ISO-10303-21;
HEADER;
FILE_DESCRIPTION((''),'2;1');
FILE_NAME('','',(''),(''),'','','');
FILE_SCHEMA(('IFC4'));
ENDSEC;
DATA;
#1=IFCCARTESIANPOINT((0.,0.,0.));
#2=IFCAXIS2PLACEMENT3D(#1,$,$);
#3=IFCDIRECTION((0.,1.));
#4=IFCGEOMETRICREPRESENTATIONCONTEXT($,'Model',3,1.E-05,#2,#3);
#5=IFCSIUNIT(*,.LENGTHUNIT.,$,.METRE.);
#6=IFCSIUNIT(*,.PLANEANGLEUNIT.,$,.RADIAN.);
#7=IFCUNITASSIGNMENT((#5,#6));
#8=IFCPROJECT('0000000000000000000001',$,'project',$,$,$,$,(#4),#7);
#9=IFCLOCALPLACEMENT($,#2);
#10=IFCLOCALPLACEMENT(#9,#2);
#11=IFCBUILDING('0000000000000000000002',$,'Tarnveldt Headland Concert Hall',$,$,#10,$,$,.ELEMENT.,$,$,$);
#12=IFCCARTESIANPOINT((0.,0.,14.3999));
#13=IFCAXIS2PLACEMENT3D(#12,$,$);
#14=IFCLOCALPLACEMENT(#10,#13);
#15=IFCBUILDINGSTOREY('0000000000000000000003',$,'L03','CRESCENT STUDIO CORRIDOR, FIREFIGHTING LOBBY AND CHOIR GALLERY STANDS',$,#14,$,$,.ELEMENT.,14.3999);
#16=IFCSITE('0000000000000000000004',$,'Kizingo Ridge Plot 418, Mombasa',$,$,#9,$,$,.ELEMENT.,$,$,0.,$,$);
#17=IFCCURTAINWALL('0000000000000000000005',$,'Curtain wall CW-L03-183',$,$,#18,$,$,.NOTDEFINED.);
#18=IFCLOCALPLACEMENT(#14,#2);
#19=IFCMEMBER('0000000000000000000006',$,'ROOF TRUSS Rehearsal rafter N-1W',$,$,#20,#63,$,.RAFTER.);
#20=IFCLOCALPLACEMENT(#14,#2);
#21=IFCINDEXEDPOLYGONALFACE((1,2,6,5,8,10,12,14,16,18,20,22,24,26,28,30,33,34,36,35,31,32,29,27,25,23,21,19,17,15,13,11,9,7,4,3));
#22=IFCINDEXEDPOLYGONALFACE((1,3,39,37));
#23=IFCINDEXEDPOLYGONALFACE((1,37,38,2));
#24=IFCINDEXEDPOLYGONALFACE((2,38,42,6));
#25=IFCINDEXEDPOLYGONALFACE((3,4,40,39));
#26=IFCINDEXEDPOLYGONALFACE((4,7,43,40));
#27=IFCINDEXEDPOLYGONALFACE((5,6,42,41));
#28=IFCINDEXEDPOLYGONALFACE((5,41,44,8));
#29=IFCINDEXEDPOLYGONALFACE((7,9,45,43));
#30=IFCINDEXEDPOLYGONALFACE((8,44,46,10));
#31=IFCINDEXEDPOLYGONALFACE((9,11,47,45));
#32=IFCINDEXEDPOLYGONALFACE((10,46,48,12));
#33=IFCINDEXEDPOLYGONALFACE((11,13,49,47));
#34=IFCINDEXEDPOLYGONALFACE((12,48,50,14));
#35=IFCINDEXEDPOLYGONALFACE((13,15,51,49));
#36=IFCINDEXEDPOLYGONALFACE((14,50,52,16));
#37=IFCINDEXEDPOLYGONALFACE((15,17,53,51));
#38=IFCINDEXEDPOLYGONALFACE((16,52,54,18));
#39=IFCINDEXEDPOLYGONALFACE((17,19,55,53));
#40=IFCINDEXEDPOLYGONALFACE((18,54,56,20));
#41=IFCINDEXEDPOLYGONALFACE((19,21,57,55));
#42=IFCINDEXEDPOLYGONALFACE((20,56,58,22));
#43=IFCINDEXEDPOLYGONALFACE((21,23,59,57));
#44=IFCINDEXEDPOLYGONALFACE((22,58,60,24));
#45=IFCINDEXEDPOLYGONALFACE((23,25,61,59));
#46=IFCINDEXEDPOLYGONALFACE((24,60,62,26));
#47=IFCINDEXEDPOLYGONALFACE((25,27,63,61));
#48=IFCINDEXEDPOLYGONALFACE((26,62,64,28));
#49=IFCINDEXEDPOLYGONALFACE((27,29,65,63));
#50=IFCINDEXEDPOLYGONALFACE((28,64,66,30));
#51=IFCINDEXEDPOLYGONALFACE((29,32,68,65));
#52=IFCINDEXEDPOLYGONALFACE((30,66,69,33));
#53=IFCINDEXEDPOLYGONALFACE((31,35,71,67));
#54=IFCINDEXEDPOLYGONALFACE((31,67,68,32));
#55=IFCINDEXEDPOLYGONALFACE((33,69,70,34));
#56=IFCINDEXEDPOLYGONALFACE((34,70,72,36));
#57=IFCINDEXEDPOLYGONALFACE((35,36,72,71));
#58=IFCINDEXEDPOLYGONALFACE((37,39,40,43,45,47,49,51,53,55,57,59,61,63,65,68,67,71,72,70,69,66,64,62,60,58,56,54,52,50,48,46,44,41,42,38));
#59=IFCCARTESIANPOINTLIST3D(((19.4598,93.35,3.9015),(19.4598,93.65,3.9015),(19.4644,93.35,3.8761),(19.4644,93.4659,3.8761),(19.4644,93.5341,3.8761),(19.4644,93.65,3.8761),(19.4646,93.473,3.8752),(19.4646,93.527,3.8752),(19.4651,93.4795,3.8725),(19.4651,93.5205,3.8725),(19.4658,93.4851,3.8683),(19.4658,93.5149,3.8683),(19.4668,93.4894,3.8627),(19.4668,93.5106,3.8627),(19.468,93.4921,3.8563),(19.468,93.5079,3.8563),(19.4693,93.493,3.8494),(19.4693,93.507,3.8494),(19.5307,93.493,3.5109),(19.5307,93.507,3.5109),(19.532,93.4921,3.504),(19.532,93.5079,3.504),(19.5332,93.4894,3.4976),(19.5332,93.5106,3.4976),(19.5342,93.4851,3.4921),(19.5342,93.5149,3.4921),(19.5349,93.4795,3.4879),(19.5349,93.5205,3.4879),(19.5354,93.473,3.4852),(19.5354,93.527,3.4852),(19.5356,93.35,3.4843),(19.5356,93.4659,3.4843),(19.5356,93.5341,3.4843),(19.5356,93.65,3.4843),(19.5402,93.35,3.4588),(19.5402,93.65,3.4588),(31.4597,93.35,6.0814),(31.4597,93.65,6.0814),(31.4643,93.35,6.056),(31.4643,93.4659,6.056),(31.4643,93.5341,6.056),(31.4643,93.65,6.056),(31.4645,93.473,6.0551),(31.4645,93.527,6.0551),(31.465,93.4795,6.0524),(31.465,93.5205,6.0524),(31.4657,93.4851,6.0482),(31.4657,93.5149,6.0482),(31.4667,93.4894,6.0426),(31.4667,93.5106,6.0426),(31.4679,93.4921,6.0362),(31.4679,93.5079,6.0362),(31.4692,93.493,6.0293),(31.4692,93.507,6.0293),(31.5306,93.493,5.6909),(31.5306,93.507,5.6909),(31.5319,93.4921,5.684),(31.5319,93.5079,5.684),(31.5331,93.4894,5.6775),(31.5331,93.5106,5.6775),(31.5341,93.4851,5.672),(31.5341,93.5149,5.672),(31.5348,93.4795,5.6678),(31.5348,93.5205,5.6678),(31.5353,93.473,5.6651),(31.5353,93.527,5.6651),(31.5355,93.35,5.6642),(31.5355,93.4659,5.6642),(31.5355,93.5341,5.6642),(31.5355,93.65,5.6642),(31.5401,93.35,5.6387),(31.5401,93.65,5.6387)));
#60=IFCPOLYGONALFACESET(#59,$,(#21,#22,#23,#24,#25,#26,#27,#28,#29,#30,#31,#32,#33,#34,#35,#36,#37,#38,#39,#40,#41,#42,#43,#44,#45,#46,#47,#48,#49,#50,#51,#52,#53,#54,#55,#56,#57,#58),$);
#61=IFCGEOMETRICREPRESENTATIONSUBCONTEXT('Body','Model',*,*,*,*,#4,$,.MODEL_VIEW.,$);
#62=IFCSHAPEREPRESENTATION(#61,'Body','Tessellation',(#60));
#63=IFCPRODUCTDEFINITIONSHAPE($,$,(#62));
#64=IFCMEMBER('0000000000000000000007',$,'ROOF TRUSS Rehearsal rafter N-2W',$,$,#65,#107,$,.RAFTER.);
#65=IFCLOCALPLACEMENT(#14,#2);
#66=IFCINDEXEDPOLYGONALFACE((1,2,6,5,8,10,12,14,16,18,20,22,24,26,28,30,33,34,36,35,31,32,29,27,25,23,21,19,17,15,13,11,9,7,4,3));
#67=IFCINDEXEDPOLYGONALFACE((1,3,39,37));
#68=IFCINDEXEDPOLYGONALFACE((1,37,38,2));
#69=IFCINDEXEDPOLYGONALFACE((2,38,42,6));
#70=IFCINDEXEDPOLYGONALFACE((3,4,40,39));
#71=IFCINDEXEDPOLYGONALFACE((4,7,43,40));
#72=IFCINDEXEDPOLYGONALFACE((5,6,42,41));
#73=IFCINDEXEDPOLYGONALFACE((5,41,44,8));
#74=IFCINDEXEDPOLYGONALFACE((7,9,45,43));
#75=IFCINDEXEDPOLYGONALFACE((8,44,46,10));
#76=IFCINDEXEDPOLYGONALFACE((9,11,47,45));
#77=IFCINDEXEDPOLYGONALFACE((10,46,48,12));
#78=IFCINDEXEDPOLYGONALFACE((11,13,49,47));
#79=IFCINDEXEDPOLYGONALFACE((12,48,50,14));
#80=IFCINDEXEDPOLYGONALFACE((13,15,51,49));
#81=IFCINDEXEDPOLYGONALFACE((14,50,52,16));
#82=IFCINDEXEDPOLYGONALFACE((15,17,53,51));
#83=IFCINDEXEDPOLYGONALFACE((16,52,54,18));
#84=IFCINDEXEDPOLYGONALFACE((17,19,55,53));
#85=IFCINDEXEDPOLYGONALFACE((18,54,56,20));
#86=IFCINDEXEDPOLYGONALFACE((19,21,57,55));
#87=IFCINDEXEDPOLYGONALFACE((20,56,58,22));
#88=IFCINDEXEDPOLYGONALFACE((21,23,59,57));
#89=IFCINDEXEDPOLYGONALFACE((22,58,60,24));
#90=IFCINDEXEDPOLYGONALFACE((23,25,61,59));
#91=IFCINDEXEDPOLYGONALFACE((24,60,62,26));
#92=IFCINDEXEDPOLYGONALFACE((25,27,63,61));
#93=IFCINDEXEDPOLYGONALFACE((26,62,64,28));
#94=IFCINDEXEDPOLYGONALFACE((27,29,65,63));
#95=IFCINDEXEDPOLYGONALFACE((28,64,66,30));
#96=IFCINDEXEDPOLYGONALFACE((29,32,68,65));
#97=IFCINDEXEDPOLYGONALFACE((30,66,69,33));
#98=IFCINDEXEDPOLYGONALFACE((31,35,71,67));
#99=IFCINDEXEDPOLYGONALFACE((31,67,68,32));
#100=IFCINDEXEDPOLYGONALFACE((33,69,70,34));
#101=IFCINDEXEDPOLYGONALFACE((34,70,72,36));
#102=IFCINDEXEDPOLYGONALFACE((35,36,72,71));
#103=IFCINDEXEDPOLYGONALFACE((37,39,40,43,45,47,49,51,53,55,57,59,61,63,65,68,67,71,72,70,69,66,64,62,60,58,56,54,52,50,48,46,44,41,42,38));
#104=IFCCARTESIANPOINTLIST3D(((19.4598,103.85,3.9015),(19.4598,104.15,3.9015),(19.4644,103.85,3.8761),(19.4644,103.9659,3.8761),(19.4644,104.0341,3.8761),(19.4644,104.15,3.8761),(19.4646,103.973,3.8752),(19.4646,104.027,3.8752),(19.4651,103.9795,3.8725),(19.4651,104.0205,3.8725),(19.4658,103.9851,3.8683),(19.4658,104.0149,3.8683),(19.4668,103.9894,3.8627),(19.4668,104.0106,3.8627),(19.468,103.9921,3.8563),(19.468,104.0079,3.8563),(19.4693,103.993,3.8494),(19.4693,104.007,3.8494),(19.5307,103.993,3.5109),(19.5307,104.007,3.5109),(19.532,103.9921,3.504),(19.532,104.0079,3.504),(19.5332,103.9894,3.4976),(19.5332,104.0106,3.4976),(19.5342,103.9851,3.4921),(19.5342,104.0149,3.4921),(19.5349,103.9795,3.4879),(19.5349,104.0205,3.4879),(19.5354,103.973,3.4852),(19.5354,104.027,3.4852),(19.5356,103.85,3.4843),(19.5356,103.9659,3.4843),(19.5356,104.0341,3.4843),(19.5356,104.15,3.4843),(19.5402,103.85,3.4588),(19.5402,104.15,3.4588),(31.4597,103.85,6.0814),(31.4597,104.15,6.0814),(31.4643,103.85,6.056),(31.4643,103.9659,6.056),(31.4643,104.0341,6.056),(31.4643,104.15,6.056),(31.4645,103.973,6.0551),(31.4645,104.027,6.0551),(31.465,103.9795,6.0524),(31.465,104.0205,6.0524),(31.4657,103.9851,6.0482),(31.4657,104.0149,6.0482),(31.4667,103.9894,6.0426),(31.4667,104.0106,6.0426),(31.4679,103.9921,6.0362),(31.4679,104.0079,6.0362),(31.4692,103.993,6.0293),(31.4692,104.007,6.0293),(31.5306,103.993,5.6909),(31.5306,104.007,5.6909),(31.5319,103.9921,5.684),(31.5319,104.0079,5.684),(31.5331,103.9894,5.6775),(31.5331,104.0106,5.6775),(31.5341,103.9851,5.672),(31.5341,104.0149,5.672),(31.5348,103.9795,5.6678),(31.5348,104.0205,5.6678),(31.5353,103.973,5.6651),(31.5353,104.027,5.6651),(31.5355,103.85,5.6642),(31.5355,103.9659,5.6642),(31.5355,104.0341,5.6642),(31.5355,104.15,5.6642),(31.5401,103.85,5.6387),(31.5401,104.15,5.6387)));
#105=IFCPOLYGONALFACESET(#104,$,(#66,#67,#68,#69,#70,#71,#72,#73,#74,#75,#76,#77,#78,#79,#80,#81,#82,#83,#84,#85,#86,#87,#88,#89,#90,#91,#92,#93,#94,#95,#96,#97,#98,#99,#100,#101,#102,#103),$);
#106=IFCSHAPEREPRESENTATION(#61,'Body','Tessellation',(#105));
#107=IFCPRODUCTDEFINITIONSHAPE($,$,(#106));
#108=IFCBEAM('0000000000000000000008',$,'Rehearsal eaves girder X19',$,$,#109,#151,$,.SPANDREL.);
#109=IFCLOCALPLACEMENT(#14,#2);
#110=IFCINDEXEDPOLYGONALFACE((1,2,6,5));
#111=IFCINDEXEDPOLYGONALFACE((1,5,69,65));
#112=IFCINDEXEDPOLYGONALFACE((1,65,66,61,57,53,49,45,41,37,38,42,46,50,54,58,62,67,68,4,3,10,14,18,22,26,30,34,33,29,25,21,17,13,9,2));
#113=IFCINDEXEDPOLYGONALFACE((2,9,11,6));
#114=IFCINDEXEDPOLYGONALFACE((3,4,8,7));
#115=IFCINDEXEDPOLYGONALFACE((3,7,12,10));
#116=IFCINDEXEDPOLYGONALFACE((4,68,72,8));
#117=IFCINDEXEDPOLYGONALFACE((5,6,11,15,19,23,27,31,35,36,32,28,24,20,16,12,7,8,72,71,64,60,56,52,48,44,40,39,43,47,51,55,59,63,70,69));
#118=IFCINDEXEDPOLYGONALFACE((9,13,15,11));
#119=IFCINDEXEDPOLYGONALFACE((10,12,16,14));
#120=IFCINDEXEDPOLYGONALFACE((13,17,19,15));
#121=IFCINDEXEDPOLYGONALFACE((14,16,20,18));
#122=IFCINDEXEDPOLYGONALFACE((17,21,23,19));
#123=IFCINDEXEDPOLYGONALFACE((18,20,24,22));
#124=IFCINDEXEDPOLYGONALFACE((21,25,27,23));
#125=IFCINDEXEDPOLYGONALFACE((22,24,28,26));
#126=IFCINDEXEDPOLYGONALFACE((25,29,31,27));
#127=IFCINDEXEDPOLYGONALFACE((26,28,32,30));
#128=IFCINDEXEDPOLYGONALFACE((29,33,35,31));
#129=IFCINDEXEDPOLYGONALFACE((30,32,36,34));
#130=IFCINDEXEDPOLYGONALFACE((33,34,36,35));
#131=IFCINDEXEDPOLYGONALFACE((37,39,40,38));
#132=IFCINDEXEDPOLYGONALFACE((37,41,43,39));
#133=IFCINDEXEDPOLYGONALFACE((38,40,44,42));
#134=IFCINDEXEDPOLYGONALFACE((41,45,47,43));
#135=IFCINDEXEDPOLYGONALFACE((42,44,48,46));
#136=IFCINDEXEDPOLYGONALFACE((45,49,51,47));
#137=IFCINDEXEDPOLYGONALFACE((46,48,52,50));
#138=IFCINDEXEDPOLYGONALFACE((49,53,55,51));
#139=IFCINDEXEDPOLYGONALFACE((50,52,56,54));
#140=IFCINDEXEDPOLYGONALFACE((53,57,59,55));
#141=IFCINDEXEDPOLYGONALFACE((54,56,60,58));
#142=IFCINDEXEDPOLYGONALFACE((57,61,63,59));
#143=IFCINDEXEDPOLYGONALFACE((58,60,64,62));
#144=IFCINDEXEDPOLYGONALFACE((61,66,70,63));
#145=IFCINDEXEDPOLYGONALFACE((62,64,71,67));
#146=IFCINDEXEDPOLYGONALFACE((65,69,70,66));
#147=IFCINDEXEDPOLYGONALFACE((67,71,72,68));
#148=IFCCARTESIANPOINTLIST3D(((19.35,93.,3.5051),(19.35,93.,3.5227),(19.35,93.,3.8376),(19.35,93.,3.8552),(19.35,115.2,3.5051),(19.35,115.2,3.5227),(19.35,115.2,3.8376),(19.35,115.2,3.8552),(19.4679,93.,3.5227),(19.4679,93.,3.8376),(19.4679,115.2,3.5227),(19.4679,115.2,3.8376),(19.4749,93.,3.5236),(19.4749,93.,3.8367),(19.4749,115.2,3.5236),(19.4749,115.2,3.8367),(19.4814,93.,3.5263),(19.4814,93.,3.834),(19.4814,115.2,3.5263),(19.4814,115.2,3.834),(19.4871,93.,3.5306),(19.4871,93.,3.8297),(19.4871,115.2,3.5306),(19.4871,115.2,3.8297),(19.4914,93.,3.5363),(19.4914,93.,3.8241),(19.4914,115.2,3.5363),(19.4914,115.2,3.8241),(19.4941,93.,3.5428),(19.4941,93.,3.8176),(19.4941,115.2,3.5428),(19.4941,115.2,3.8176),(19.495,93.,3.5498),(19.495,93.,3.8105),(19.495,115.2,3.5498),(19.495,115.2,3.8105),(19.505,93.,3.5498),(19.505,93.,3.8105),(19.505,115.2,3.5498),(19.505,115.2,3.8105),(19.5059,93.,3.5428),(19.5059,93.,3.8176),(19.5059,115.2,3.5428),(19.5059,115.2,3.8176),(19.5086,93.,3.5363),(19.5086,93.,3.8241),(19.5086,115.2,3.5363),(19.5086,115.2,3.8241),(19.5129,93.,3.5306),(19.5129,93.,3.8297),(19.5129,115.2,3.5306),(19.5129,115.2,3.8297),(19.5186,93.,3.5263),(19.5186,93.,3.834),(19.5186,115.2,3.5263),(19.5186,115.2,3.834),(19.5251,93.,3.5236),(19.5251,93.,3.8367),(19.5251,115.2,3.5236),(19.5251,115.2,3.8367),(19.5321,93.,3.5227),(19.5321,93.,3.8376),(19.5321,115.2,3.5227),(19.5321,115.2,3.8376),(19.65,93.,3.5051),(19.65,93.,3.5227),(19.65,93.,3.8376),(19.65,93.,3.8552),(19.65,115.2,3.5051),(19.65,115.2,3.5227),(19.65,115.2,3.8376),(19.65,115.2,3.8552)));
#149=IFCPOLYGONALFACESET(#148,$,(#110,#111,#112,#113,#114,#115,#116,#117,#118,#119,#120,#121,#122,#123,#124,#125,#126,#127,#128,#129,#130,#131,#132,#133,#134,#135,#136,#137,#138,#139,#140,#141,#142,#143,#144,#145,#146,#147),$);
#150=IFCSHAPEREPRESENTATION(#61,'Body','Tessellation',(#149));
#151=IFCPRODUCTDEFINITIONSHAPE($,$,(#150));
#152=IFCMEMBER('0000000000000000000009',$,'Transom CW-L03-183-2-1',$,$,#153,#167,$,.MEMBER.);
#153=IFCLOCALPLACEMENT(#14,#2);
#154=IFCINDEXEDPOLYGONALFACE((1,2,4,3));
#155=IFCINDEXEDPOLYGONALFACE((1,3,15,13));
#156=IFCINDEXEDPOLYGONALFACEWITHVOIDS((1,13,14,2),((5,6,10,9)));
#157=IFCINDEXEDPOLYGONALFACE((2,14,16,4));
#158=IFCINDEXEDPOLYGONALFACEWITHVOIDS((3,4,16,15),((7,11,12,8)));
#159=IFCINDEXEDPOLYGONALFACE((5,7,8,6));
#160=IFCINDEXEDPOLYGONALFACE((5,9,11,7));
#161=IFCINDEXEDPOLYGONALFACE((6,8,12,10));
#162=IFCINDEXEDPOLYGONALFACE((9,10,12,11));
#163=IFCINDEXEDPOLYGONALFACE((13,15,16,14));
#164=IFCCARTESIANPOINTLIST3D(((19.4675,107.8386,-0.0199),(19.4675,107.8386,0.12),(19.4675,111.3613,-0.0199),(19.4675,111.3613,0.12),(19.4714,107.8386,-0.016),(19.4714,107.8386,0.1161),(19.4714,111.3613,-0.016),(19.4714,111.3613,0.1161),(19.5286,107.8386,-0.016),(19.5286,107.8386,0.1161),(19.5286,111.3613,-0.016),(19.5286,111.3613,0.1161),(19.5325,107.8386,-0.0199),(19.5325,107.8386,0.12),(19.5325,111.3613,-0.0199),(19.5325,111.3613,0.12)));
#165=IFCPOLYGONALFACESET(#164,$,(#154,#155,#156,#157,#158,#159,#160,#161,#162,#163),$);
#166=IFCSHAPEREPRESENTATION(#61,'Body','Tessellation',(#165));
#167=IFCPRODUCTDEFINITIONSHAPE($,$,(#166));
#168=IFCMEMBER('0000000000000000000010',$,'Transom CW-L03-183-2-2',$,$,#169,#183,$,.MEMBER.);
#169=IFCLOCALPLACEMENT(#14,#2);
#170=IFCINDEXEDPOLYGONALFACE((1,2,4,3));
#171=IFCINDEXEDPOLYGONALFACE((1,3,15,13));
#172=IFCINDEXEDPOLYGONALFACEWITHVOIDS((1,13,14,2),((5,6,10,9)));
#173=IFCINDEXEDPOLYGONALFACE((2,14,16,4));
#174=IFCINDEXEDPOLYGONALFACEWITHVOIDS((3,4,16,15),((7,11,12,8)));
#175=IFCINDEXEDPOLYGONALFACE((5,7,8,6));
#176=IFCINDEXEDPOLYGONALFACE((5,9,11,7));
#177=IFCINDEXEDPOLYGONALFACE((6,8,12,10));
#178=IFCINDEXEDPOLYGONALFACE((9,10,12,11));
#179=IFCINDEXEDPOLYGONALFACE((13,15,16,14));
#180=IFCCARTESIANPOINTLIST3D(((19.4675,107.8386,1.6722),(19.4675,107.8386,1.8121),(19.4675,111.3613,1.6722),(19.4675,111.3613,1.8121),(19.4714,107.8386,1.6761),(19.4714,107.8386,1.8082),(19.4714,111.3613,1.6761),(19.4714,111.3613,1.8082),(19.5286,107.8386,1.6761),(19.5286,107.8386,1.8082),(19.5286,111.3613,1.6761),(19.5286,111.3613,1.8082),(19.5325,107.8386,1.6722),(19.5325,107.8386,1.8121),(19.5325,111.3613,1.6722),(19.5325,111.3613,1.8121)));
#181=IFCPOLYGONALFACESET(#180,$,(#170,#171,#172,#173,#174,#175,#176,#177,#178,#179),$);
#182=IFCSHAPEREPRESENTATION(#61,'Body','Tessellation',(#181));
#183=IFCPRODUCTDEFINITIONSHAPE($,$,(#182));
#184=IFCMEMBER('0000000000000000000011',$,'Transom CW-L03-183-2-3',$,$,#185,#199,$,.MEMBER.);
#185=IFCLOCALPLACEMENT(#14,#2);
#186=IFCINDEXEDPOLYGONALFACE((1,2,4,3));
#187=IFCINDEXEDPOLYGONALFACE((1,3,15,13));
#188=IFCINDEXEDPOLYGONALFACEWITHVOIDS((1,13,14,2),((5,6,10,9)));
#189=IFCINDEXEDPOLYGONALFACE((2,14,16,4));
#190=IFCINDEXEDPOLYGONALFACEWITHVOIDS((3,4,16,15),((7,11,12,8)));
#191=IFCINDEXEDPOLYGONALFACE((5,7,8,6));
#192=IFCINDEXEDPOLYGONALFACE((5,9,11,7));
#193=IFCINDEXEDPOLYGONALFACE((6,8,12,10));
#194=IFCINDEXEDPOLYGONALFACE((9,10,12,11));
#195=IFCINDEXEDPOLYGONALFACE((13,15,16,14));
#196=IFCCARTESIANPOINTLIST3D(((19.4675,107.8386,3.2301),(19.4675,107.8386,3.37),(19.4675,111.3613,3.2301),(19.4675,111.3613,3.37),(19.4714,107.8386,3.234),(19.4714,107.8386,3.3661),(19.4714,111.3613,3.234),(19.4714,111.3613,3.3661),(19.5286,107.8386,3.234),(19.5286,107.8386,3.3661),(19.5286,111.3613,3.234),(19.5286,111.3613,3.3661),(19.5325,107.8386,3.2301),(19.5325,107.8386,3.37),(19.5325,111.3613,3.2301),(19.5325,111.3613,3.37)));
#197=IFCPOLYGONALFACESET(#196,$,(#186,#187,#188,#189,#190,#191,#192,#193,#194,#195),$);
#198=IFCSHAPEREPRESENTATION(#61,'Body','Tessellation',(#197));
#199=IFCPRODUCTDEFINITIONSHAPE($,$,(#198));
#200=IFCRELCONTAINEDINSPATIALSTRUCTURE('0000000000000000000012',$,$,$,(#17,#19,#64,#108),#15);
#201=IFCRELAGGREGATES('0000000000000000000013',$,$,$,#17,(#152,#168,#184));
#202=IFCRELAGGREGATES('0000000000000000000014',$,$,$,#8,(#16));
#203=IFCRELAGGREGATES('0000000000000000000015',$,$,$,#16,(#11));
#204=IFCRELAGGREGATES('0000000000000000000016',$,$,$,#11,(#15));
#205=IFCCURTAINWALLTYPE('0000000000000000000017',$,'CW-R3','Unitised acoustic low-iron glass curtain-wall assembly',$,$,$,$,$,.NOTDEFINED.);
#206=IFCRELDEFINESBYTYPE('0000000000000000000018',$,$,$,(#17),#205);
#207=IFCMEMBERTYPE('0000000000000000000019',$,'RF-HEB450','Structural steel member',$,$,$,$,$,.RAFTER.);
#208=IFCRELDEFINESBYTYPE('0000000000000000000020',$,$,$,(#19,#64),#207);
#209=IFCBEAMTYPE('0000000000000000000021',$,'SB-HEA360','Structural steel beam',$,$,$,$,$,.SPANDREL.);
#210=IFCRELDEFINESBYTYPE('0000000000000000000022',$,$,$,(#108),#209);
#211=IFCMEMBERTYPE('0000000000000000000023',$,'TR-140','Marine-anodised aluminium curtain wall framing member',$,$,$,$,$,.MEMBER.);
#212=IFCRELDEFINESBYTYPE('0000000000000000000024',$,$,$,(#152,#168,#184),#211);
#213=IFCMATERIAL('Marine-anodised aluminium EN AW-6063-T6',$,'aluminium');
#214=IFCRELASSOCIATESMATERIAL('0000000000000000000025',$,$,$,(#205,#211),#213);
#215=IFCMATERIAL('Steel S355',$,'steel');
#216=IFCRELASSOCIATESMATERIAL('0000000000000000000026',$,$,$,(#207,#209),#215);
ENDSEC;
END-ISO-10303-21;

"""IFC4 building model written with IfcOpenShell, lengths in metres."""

from ifc_helpers import new_model, si_unit, direction, frame, origin, origin_2d, place, context, subcontext, project, spatial, hollow_rectangle, i_section, extrude, material, material_profile, profile_set, type_object, element, aggregate, save


model = new_model("IFC4")

# Units and contexts
model_context = context("Model", 3, precision=1e-05, world=origin(), true_north=direction((0.0, 1.0)))
body_context = subcontext(model_context, "Body", "Model", "MODEL_VIEW")
ifc_project = project(units=[si_unit("LENGTHUNIT", "METRE"), si_unit("PLANEANGLEUNIT", "RADIAN")], contexts=[model_context])

# Site, building, storey
site_placement = place(None, origin())
site = spatial("IfcSite", under=ifc_project, at=site_placement, Name="Kizingo Ridge Plot 418, Mombasa", CompositionType="ELEMENT", RefElevation=0.0)
building_placement = place(site_placement, origin())
building = spatial("IfcBuilding", under=site, at=building_placement, Name="Tarnveldt Headland Concert Hall", CompositionType="ELEMENT")
storey_placement = place(building_placement, frame((0.0, 0.0, 14.3999)))
storey = spatial("IfcBuildingStorey", under=building, at=storey_placement, Name="L03", Description="CRESCENT STUDIO CORRIDOR, FIREFIGHTING LOBBY AND CHOIR GALLERY STANDS", CompositionType="ELEMENT", Elevation=14.3999)

# Shared definitions
ifc_material_1 = material(Name="Steel S355", Category="steel")

# Curtain wall
ifc_material_2 = material(Name="Marine-anodised aluminium EN AW-6063-T6", Category="aluminium")
curtain_wall_type = type_object("IfcCurtainWallType", Name="CW-R3", Description="Unitised acoustic low-iron glass curtain-wall assembly", PredefinedType="NOTDEFINED", material=ifc_material_2)
curtain_wall_1_placement = place(storey_placement, origin())
curtain_wall_1 = element("IfcCurtainWall", 1, at=curtain_wall_1_placement, inside=storey, type_object=curtain_wall_type, Name="Curtain wall CW-L03-183", PredefinedType="NOTDEFINED")

# Members
ifc_material_profile_1 = material_profile(ifc_material_1, i_section(OverallWidth=0.3, OverallDepth=0.45, WebThickness=0.0139, FlangeThickness=0.0259, FilletRadius=0.0271, at=origin_2d()), Name="HEB450", Category="steel")
ifc_profile_set_1 = profile_set([ifc_material_profile_1], Name="Steel S355")
member_type_1 = type_object("IfcMemberType", Name="RF-HEB450", Description="Structural steel member", PredefinedType="RAFTER", material=ifc_profile_set_1)
for number, where, z_axis, x_axis, name in (
    (2, (19.5, 93.5, 3.6802), (0.983897, 0.0, 0.178736), (0.0, 1.0, 0.0), "ROOF TRUSS Rehearsal rafter N-1W"),
    (3, (19.5, 104.0, 3.6802), (0.983897, 0.0, 0.178736), (0.0, 1.0, 0.0), "ROOF TRUSS Rehearsal rafter N-2W"),
):
    element("IfcMember", number, at=place(storey_placement, frame(where, z_axis=z_axis, x_axis=x_axis)), inside=storey, type_object=member_type_1, Name=name, PredefinedType="RAFTER", context=body_context, shape_type="SweptSolid", body=[
        extrude(i_section(OverallWidth=0.3, OverallDepth=0.45, WebThickness=0.0139, FlangeThickness=0.0259, FilletRadius=0.0271, at=origin_2d()), origin(), (0.0, 0.0, 1.0), 12.1963),
    ])

# Beam
ifc_material_profile_2 = material_profile(ifc_material_1, i_section(OverallWidth=0.3, OverallDepth=0.3501, WebThickness=0.01, FlangeThickness=0.0176, FilletRadius=0.0271, at=origin_2d()), Name="HEA360", Category="steel")
ifc_profile_set_2 = profile_set([ifc_material_profile_2], Name="Steel S355")
beam_type = type_object("IfcBeamType", Name="SB-HEA360", Description="Structural steel beam", PredefinedType="SPANDREL", material=ifc_profile_set_2)
beam_placement = place(storey_placement, frame((19.5, 93.0, 3.6802), z_axis=(0.0, 1.0, 0.0), x_axis=(-1.0, 0.0, 0.0)))
element("IfcBeam", 4, at=beam_placement, inside=storey, type_object=beam_type, Name="Rehearsal eaves girder X19", PredefinedType="SPANDREL", context=body_context, shape_type="SweptSolid", body=[
    extrude(i_section(OverallWidth=0.3, OverallDepth=0.3501, WebThickness=0.01, FlangeThickness=0.0176, FilletRadius=0.0271, at=origin_2d()), origin(), (0.0, 0.0, 1.0), 22.2),
])

# Members
ifc_material_profile_3 = material_profile(ifc_material_2, hollow_rectangle(XDim=0.0649, YDim=0.1399, WallThickness=0.0039, at=origin_2d()), Name="ALU TRANSOM 65x140x4", Category="aluminium")
ifc_profile_set_3 = profile_set([ifc_material_profile_3], Name="Marine-anodised aluminium EN AW-6063-T6")
member_type_2 = type_object("IfcMemberType", Name="TR-140", Description="Marine-anodised aluminium curtain wall framing member", PredefinedType="MEMBER", material=ifc_profile_set_3)
member_1_placement = place(storey_placement, frame((19.5, 111.3613, 0.05), z_axis=(0.0, -1.0, 0.0), x_axis=(1.0, 0.0, 0.0)))
member_1 = element("IfcMember", 5, at=member_1_placement, type_object=member_type_2, Name="Transom CW-L03-183-2-1", PredefinedType="MEMBER", context=body_context, shape_type="SweptSolid", body=[
    extrude(hollow_rectangle(XDim=0.0649, YDim=0.1399, WallThickness=0.0039, at=origin_2d()), origin(), (0.0, 0.0, 1.0), 3.5227),
])
member_2_placement = place(storey_placement, frame((19.5, 111.3613, 1.7422), z_axis=(0.0, -1.0, 0.0), x_axis=(1.0, 0.0, 0.0)))
member_2 = element("IfcMember", 6, at=member_2_placement, type_object=member_type_2, Name="Transom CW-L03-183-2-2", PredefinedType="MEMBER", context=body_context, shape_type="SweptSolid", body=[
    extrude(hollow_rectangle(XDim=0.0649, YDim=0.1399, WallThickness=0.0039, at=origin_2d()), origin(), (0.0, 0.0, 1.0), 3.5227),
])
member_3_placement = place(storey_placement, frame((19.5, 111.3613, 3.3), z_axis=(0.0, -1.0, 0.0), x_axis=(1.0, 0.0, 0.0)))
member_3 = element("IfcMember", 7, at=member_3_placement, type_object=member_type_2, Name="Transom CW-L03-183-2-3", PredefinedType="MEMBER", context=body_context, shape_type="SweptSolid", body=[
    extrude(hollow_rectangle(XDim=0.0649, YDim=0.1399, WallThickness=0.0039, at=origin_2d()), origin(), (0.0, 0.0, 1.0), 3.5227),
])

aggregate(curtain_wall_1, [member_1, member_2, member_3])

save(model, "model.ifc")
